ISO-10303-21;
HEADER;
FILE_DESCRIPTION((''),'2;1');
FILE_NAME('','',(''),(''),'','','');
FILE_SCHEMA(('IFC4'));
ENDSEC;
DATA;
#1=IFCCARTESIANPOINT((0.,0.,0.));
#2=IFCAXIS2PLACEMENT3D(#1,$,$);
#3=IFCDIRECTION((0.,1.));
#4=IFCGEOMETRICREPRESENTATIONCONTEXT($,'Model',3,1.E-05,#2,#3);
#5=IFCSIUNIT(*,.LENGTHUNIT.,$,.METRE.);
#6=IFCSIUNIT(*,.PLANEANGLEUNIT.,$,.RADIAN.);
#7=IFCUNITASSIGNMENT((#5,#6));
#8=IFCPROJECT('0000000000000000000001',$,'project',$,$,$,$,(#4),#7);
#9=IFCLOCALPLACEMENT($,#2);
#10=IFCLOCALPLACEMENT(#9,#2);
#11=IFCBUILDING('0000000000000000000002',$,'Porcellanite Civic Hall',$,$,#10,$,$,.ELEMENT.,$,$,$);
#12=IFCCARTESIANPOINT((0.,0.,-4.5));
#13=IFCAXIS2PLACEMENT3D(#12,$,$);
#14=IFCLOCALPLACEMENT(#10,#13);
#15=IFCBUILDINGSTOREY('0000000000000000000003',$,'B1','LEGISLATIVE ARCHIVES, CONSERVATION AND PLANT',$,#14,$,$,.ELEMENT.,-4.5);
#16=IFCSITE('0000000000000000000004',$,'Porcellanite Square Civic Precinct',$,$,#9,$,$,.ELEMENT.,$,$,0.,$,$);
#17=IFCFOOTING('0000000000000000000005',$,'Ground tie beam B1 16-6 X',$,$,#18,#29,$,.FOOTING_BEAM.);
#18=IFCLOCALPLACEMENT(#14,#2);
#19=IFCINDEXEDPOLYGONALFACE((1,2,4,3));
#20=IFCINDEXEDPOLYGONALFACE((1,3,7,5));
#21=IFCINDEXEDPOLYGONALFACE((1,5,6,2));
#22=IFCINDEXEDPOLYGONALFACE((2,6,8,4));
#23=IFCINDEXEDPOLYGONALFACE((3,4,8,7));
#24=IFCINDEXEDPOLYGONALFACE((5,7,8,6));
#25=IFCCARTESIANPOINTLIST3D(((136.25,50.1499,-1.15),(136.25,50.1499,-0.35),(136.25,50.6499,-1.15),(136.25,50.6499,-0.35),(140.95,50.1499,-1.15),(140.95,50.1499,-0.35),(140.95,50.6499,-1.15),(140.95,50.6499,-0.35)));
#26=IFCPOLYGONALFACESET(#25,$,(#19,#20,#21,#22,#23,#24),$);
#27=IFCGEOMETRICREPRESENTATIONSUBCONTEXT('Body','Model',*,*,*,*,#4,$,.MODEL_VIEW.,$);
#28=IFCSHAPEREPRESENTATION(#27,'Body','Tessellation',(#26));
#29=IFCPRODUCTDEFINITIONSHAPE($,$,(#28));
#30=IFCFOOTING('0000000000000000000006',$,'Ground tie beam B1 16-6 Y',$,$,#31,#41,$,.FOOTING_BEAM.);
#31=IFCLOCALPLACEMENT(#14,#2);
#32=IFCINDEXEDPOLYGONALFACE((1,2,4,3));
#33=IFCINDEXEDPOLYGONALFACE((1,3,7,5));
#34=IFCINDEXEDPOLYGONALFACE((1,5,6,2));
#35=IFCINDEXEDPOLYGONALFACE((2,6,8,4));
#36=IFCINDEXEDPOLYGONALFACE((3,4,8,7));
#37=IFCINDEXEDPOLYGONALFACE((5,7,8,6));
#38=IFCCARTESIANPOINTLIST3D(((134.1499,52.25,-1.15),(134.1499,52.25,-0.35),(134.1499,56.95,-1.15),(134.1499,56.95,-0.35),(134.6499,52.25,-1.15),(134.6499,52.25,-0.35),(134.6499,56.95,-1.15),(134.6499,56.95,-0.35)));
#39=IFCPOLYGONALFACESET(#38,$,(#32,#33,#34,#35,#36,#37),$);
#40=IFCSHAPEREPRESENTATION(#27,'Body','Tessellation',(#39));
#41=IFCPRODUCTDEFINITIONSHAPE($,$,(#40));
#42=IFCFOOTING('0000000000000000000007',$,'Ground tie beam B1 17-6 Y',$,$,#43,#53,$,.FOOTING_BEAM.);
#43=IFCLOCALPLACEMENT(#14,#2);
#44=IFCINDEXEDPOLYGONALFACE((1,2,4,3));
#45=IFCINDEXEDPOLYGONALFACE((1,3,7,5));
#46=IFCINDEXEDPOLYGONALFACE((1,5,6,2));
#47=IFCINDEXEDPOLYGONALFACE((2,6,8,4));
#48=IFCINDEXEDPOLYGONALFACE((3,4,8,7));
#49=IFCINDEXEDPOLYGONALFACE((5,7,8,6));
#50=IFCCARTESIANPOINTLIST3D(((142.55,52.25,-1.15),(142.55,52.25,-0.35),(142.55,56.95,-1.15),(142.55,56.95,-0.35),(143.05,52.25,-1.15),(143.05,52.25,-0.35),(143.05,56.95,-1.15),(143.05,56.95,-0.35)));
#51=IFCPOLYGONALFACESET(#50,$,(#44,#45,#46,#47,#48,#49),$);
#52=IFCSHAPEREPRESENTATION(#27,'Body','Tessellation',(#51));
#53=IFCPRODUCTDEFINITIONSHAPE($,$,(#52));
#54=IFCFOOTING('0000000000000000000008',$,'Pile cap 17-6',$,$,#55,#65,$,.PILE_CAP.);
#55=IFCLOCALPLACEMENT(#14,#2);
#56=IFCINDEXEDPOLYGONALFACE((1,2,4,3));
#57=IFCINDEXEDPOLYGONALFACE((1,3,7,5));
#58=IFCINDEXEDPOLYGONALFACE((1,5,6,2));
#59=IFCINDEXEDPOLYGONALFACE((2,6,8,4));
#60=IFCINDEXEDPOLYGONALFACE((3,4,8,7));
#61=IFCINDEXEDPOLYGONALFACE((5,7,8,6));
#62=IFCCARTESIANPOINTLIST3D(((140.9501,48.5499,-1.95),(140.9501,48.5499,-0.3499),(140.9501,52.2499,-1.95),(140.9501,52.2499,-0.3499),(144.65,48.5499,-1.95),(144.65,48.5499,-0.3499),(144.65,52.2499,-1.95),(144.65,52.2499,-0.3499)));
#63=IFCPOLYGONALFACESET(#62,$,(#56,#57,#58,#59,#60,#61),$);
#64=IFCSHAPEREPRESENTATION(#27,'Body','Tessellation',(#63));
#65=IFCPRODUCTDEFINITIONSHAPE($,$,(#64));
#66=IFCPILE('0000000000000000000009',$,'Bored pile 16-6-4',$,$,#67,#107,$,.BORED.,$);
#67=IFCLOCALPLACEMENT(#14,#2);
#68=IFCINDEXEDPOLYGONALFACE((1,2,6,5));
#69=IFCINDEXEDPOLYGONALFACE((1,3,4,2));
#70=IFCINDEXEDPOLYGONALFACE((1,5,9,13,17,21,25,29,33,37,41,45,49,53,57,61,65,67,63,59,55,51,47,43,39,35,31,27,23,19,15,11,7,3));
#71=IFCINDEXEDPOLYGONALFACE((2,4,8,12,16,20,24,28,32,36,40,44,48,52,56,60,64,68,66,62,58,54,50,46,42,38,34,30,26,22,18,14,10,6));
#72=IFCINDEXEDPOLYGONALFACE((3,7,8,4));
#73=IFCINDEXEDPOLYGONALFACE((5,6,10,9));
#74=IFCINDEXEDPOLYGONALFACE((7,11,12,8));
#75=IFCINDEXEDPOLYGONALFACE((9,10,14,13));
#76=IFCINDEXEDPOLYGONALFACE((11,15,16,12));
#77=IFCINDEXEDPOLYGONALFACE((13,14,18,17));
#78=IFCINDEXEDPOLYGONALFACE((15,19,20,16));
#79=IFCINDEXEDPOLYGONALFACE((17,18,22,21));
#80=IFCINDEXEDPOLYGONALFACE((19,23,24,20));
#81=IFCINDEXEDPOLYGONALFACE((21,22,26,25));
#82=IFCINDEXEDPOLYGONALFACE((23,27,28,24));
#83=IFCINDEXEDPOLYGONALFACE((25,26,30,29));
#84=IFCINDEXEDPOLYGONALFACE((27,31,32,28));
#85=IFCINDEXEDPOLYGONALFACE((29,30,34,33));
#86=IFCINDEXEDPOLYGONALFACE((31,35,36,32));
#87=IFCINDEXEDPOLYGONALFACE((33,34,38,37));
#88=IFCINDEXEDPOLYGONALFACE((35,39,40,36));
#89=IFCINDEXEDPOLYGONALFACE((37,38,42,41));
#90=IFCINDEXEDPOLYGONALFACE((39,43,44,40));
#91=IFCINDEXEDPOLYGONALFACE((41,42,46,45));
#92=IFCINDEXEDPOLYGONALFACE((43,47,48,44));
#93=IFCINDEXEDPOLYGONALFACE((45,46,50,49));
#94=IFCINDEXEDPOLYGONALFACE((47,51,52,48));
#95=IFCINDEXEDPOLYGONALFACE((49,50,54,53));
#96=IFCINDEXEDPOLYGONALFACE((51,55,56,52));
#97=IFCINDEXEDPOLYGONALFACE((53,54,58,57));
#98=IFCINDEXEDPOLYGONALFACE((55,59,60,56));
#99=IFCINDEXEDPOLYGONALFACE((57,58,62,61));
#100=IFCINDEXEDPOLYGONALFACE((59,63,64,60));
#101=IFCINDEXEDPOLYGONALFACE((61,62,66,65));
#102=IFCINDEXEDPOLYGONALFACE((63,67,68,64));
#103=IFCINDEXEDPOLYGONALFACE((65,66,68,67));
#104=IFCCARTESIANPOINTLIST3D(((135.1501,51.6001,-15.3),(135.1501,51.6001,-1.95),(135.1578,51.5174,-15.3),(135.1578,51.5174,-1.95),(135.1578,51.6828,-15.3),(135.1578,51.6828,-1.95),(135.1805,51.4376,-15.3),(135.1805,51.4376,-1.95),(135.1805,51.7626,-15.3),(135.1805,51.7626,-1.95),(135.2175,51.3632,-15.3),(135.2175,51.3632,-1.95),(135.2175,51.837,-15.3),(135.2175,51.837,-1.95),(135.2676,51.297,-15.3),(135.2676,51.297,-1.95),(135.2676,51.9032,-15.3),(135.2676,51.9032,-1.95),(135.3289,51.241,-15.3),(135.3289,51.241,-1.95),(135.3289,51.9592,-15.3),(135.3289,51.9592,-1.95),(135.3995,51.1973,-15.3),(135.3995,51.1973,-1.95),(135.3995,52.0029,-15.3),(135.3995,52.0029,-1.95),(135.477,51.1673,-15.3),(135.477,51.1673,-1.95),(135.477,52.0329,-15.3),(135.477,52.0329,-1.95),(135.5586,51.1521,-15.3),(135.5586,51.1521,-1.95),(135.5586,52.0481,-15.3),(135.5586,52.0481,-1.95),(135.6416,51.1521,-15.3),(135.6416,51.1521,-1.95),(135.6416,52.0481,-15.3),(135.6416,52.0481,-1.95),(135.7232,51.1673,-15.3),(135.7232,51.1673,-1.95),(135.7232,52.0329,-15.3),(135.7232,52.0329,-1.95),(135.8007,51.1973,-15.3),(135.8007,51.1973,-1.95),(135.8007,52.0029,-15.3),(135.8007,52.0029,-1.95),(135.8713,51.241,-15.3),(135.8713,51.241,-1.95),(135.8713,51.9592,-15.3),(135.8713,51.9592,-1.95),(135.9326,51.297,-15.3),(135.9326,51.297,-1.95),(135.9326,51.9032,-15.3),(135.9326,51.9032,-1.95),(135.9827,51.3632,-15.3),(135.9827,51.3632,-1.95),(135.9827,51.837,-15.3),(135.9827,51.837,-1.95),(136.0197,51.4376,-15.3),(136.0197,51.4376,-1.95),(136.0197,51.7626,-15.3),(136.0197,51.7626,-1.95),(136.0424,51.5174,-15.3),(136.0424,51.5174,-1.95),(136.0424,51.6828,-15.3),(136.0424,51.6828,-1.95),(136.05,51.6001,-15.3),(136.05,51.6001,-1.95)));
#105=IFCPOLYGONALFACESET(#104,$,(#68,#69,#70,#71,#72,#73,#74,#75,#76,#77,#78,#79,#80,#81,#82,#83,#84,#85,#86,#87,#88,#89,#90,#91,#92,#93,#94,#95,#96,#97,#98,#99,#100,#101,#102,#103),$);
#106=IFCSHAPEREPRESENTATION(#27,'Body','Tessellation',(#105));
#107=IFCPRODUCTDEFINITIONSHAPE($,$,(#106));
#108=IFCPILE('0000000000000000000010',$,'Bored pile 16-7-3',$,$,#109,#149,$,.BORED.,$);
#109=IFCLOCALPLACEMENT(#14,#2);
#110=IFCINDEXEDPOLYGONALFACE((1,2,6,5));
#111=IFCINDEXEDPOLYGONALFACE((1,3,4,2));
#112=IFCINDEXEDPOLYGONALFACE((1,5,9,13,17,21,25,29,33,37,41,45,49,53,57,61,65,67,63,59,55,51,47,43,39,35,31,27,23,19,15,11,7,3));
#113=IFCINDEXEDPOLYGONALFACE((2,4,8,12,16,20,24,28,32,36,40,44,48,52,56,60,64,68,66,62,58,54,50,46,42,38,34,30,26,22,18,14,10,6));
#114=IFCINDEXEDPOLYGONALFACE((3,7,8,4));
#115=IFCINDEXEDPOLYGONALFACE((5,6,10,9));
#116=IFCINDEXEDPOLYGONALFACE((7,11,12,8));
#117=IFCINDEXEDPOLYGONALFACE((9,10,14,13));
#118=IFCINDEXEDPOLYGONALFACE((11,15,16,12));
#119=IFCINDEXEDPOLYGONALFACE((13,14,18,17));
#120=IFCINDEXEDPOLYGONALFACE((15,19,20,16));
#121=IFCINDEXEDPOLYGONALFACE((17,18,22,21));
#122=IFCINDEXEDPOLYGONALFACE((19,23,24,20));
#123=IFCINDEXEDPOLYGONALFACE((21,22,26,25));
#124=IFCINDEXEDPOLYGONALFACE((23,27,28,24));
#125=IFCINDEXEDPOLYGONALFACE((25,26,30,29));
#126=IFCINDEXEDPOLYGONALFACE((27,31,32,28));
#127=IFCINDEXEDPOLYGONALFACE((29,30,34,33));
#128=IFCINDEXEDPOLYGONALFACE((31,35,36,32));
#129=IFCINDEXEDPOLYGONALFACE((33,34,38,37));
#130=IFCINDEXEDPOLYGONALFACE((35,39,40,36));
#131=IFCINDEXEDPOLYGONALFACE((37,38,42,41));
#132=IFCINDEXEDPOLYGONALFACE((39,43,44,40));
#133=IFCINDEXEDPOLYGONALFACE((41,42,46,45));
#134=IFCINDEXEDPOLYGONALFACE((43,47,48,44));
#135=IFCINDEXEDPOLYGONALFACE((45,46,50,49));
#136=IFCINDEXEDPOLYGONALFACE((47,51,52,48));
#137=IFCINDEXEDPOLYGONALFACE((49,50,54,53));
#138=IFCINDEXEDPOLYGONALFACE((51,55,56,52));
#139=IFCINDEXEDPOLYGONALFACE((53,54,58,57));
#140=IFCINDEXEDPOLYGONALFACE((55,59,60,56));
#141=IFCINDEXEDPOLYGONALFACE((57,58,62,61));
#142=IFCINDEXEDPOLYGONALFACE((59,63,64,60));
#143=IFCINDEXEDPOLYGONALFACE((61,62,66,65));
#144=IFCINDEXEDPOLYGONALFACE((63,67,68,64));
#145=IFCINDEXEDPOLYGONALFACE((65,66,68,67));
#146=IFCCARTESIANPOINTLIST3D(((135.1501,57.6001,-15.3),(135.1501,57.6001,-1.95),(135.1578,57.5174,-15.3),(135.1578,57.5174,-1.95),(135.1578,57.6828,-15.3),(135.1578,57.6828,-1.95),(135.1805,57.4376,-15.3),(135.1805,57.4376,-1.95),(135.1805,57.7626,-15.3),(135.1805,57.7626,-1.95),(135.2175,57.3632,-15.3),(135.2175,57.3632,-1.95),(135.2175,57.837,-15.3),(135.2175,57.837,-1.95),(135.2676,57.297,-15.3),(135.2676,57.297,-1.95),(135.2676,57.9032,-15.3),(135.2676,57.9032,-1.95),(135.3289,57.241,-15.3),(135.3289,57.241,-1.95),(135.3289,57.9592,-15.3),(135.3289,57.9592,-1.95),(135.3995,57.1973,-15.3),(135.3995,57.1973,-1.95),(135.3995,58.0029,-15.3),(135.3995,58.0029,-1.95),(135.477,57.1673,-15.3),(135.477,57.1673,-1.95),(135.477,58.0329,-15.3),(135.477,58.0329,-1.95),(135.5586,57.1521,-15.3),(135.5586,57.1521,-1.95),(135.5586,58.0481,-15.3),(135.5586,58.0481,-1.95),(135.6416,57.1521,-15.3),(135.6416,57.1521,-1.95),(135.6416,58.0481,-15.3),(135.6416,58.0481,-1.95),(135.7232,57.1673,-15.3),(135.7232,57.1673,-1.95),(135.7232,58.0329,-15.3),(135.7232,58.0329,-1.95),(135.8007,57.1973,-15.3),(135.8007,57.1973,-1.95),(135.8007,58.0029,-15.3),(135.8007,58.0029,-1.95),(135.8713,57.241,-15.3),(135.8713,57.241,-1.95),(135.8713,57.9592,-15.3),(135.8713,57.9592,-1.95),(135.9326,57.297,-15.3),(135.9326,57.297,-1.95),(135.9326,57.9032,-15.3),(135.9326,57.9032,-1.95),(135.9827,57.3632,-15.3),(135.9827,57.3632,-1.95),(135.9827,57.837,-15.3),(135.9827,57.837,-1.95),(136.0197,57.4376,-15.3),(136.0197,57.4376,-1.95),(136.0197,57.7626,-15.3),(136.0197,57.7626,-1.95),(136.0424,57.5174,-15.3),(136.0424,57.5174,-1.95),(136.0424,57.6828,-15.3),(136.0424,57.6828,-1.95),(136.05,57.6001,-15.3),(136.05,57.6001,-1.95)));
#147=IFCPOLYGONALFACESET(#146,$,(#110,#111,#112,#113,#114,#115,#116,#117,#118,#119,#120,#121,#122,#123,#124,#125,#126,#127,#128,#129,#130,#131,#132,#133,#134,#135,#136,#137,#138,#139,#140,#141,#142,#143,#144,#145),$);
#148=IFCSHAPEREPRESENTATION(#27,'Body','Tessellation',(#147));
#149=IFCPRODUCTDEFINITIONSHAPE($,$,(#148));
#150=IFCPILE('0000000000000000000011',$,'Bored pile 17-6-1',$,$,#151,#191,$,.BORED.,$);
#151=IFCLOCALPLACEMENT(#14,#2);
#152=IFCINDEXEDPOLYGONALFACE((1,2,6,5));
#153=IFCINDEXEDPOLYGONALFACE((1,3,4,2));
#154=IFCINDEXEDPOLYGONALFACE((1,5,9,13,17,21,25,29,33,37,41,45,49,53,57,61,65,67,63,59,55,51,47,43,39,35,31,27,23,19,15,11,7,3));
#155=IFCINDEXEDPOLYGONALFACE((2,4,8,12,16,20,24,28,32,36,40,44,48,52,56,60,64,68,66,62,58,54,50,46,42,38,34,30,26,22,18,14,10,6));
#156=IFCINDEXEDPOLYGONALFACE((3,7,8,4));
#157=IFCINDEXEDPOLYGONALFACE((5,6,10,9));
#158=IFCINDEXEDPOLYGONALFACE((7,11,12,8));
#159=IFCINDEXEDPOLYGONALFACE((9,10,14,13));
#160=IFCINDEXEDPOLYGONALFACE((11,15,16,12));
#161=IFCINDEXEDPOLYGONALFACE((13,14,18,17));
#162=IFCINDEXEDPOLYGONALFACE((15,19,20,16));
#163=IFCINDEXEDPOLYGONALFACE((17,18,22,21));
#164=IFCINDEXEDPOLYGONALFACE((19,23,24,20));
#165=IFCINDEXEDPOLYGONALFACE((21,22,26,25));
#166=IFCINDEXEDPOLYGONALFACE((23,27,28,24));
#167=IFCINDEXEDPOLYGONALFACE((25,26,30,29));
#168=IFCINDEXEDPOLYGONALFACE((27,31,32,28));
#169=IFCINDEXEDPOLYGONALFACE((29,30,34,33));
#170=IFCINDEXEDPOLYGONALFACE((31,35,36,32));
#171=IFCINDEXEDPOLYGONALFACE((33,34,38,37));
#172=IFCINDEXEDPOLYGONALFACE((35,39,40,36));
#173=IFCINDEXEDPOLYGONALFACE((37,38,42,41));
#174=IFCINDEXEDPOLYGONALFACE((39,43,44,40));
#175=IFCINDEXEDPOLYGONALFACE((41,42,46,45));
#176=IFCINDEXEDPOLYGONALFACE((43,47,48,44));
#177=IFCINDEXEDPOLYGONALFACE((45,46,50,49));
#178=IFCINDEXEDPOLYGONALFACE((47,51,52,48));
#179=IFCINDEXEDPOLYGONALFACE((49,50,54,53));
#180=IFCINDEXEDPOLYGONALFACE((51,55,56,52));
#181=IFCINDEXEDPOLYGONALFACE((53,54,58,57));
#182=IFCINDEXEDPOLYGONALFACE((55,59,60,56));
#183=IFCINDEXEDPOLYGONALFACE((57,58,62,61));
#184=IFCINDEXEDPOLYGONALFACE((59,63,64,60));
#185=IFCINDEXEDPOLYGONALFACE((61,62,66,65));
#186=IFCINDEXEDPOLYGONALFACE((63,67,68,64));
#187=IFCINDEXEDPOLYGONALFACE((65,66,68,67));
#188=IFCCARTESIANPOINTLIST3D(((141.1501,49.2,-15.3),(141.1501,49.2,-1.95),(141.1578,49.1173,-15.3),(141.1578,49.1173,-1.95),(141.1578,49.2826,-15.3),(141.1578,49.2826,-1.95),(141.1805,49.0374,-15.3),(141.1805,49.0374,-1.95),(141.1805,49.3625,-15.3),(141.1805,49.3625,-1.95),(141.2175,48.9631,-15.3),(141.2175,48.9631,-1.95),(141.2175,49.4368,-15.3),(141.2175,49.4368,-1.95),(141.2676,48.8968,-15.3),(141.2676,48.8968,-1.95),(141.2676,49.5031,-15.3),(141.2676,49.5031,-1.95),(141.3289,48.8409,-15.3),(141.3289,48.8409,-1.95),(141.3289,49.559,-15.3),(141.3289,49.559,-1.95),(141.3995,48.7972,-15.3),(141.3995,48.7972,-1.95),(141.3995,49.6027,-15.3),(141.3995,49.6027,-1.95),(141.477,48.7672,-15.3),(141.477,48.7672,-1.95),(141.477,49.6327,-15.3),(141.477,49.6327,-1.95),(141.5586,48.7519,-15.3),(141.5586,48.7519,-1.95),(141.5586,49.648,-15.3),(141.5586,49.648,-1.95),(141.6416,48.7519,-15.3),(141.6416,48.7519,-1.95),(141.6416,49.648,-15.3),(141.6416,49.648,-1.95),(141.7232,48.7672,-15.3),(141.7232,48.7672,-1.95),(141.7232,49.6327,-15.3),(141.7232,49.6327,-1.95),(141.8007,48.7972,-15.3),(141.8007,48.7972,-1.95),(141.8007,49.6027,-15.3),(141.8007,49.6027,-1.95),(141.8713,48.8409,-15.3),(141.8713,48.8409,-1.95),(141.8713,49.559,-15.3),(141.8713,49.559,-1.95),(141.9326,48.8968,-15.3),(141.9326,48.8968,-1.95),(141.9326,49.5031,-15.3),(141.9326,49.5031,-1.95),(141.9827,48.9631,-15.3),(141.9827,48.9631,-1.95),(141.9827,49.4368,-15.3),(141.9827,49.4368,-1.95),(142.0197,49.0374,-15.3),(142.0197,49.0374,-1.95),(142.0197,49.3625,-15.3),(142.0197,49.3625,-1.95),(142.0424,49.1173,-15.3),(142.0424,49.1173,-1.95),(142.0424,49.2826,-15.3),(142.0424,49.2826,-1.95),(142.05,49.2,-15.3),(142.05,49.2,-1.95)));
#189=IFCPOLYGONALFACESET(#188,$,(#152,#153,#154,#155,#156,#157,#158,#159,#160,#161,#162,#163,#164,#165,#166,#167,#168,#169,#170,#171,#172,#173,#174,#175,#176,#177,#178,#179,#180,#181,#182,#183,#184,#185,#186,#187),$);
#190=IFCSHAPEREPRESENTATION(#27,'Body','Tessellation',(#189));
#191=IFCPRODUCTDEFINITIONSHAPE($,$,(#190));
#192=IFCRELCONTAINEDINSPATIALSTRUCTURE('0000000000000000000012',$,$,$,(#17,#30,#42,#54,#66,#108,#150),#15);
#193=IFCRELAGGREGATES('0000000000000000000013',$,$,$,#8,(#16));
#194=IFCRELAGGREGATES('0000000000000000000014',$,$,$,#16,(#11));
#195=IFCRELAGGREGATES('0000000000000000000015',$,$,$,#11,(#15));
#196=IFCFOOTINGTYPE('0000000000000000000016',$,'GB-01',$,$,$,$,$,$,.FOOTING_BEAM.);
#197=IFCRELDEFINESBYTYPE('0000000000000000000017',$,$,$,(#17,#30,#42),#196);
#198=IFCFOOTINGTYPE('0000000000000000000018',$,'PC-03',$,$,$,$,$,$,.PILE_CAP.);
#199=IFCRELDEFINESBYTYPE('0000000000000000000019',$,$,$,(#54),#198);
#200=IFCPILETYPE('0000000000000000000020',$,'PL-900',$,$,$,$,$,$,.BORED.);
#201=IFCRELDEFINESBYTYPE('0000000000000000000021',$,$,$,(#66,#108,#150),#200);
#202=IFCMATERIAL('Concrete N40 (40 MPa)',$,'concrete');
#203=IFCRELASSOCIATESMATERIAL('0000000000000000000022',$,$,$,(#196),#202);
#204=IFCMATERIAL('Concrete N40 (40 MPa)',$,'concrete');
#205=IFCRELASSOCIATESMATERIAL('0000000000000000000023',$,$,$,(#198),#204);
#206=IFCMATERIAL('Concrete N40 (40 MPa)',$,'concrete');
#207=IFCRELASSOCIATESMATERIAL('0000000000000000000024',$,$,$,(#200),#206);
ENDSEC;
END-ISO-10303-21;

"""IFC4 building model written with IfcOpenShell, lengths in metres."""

from ifc_helpers import new_model, si_unit, direction, frame, origin, origin_2d, place, context, subcontext, project, spatial, rectangle, circle, extrude, material, material_profile, profile_set, type_object, element, save


model = new_model("IFC4")

# Units and contexts
model_context = context("Model", 3, precision=1e-05, world=origin(), true_north=direction((0.0, 1.0)))
body_context = subcontext(model_context, "Body", "Model", "MODEL_VIEW")
ifc_project = project(units=[si_unit("LENGTHUNIT", "METRE"), si_unit("PLANEANGLEUNIT", "RADIAN")], contexts=[model_context])

# Site, building, storey
site_placement = place(None, origin())
site = spatial("IfcSite", under=ifc_project, at=site_placement, Name="Porcellanite Square Civic Precinct", CompositionType="ELEMENT", RefElevation=0.0)
building_placement = place(site_placement, origin())
building = spatial("IfcBuilding", under=site, at=building_placement, Name="Porcellanite Civic Hall", CompositionType="ELEMENT")
storey_placement = place(building_placement, frame((0.0, 0.0, -4.5)))
storey = spatial("IfcBuildingStorey", under=building, at=storey_placement, Name="B1", Description="LEGISLATIVE ARCHIVES, CONSERVATION AND PLANT", CompositionType="ELEMENT", Elevation=-4.5)

# Footings
ifc_material_1 = material(Name="Concrete N40 (40 MPa)", Category="concrete")
ifc_material_profile_1 = material_profile(ifc_material_1, rectangle(XDim=0.5, YDim=0.8, at=origin_2d()), Name="RC-500x800")
ifc_profile_set_1 = profile_set([ifc_material_profile_1], Name="Concrete N40 (40 MPa)")
footing_type_1 = type_object("IfcFootingType", Name="GB-01", PredefinedType="FOOTING_BEAM", material=ifc_profile_set_1)
for number, where, z_axis, x_axis, name in (
    (1, (136.25, 50.3999, -0.75), (1.0, 0.0, 0.0), (0.0, 1.0, 0.0), "Ground tie beam B1 16-6 X"),
    (2, (134.3999, 52.25, -0.75), (0.0, 1.0, 0.0), (-1.0, 0.0, 0.0), "Ground tie beam B1 16-6 Y"),
    (3, (142.8, 52.25, -0.75), (0.0, 1.0, 0.0), (-1.0, 0.0, 0.0), "Ground tie beam B1 17-6 Y"),
):
    element("IfcFooting", number, at=place(storey_placement, frame(where, z_axis=z_axis, x_axis=x_axis)), inside=storey, type_object=footing_type_1, Name=name, PredefinedType="FOOTING_BEAM", context=body_context, shape_type="SweptSolid", body=[
        extrude(rectangle(XDim=0.5, YDim=0.8, at=origin_2d()), origin(), (0.0, 0.0, 1.0), 4.7),
    ])
ifc_material_2 = material(Name="Concrete N40 (40 MPa)", Category="concrete")
footing_type_2 = type_object("IfcFootingType", Name="PC-03", PredefinedType="PILE_CAP", material=ifc_material_2)
footing_placement = place(storey_placement, frame((142.8, 50.3999, -1.95), z_axis=(0.0, 0.0, 1.0), x_axis=(1.0, 0.0, 0.0)))
element("IfcFooting", 4, at=footing_placement, inside=storey, type_object=footing_type_2, Name="Pile cap 17-6", PredefinedType="PILE_CAP", context=body_context, shape_type="SweptSolid", body=[
    extrude(rectangle(XDim=3.7, YDim=3.7, at=origin_2d()), origin(), (0.0, 0.0, 1.0), 1.6001),
])

# Piles
ifc_material_3 = material(Name="Concrete N40 (40 MPa)", Category="concrete")
ifc_material_profile_2 = material_profile(ifc_material_3, circle(Radius=0.45, at=origin_2d()), Name="PILE-D900")
ifc_profile_set_2 = profile_set([ifc_material_profile_2], Name="Concrete N40 (40 MPa)")
pile_type = type_object("IfcPileType", Name="PL-900", PredefinedType="BORED", material=ifc_profile_set_2)
for number, where, z_axis, x_axis, name in (
    (5, (135.6001, 51.6001, -1.95), (0.0, 0.0, -1.0), (1.0, 0.0, 0.0), "Bored pile 16-6-4"),
    (6, (135.6001, 57.6001, -1.95), (0.0, 0.0, -1.0), (1.0, 0.0, 0.0), "Bored pile 16-7-3"),
    (7, (141.6001, 49.2, -1.95), (0.0, 0.0, -1.0), (1.0, 0.0, 0.0), "Bored pile 17-6-1"),
):
    element("IfcPile", number, at=place(storey_placement, frame(where, z_axis=z_axis, x_axis=x_axis)), inside=storey, type_object=pile_type, Name=name, PredefinedType="BORED", context=body_context, shape_type="SweptSolid", body=[
        extrude(circle(Radius=0.45, at=origin_2d()), origin(), (0.0, 0.0, 1.0), 13.3501),
    ])

save(model, "model.ifc")
